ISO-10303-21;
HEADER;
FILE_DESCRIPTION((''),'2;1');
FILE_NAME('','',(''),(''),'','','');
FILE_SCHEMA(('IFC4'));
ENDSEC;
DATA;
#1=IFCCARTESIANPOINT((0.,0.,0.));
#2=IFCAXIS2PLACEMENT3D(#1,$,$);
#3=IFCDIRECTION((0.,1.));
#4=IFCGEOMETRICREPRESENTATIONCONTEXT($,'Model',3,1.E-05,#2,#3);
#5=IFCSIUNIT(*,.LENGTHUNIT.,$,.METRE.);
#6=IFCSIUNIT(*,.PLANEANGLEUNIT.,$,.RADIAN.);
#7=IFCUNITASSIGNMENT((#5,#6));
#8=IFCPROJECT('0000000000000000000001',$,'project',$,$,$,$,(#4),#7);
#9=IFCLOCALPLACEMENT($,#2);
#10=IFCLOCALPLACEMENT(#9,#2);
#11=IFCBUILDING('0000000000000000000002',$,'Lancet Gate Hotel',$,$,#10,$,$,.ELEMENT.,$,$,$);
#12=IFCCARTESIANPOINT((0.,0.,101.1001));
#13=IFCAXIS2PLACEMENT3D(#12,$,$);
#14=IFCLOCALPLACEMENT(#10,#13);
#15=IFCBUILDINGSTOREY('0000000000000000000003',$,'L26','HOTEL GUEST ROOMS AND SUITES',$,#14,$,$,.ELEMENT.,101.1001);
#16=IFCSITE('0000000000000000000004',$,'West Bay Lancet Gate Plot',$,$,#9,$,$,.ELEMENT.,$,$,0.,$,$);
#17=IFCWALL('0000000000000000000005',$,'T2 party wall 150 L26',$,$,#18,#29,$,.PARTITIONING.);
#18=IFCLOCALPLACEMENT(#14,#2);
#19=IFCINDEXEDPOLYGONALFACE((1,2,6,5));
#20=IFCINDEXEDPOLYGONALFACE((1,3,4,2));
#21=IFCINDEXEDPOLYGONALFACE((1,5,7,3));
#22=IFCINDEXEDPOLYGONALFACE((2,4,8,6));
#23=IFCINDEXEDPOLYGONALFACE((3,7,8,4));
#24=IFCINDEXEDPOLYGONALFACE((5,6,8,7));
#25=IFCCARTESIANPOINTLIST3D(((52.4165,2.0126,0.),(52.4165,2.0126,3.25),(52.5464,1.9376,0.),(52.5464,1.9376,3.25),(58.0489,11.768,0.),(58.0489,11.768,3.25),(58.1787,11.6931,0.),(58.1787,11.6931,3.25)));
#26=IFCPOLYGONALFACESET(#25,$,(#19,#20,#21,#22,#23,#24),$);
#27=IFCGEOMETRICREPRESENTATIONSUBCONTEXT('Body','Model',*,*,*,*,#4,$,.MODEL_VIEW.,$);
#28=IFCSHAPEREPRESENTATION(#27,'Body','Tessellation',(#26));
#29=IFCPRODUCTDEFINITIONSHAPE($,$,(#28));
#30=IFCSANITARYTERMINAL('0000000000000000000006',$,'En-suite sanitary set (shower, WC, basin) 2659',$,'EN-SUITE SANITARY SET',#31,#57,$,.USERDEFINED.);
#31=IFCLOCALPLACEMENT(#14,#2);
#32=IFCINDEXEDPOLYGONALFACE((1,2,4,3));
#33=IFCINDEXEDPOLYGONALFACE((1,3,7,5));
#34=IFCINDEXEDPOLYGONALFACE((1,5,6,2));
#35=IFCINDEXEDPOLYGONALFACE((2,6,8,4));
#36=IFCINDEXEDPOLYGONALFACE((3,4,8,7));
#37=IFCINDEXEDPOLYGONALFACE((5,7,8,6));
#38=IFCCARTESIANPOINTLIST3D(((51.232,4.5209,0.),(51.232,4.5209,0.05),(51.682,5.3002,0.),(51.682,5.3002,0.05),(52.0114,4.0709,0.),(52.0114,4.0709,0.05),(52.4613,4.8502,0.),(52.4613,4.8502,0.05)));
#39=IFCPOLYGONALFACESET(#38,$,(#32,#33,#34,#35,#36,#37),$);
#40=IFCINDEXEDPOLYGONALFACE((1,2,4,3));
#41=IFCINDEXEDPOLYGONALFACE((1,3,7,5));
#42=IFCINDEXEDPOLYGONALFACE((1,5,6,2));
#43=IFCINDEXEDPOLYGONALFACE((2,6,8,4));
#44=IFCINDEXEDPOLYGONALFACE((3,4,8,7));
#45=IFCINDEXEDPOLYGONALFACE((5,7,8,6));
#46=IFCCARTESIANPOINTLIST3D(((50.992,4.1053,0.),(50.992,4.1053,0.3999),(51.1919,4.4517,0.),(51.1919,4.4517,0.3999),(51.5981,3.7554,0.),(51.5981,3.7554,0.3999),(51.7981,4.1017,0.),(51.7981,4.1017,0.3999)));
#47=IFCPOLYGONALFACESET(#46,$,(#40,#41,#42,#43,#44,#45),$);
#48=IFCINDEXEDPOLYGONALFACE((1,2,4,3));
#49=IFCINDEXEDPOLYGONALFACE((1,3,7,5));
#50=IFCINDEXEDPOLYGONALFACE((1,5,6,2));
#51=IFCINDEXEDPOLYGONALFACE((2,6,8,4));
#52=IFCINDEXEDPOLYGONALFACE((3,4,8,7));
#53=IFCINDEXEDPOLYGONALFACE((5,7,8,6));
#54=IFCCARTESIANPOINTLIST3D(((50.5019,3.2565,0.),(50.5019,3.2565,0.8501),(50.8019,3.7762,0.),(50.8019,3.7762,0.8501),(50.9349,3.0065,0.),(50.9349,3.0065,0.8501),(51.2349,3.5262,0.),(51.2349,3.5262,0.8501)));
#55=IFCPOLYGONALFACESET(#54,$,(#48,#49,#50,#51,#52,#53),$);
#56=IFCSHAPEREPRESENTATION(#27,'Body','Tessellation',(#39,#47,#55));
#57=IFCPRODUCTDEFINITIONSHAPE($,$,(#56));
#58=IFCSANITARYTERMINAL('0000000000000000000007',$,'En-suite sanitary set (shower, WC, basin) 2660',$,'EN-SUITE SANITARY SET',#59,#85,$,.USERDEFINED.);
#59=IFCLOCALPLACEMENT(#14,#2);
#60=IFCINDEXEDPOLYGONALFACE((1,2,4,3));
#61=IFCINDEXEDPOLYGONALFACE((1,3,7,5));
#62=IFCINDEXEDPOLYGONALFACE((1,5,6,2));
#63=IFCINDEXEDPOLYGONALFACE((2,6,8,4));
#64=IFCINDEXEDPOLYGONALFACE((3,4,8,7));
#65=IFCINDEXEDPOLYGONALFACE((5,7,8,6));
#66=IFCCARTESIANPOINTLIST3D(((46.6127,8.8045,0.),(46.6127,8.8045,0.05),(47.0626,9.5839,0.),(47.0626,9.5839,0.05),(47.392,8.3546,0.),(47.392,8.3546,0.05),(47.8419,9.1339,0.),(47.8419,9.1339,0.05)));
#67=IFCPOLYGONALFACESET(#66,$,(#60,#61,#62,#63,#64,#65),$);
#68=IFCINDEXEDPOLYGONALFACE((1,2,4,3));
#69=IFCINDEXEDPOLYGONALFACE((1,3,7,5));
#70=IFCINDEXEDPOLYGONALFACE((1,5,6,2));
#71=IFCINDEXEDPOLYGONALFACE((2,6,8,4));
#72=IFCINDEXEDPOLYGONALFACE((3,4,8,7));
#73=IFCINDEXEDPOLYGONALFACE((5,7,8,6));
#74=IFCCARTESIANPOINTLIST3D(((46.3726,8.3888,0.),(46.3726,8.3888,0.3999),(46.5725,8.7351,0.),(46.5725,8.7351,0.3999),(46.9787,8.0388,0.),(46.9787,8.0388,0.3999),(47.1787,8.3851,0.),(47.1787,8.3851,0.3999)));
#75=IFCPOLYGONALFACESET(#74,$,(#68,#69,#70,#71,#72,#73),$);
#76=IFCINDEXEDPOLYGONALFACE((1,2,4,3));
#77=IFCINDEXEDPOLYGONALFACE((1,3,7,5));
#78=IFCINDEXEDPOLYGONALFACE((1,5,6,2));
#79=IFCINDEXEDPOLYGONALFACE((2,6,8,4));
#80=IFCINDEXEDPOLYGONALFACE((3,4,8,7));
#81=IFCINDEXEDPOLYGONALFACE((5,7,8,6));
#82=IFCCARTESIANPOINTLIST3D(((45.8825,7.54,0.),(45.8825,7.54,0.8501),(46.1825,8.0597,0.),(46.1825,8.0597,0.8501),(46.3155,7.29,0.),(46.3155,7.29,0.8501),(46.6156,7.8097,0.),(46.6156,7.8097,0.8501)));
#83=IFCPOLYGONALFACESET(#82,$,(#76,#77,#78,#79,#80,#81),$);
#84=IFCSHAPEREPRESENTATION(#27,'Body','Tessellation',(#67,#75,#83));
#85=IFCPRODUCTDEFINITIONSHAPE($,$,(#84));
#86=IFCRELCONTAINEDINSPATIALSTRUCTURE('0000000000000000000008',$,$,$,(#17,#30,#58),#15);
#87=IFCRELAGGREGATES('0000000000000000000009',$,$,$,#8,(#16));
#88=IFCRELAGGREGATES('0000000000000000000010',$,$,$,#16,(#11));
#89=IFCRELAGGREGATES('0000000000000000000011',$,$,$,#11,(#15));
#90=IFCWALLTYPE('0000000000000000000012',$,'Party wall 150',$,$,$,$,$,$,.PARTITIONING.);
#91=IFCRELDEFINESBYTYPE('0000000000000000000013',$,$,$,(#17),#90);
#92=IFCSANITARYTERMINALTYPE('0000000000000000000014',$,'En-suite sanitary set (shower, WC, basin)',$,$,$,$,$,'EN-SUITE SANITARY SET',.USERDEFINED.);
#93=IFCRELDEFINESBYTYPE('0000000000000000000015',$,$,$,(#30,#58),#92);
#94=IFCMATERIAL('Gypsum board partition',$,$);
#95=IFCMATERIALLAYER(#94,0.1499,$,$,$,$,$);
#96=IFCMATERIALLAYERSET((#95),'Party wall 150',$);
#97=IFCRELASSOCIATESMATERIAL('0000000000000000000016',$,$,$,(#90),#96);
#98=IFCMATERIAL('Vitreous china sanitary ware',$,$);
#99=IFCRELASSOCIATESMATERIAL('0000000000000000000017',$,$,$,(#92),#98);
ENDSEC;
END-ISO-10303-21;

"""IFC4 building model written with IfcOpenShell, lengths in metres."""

from ifc_helpers import new_model, si_unit, direction, frame, frame_2d, origin, origin_2d, place, context, subcontext, project, spatial, rectangle, extrude, material, layer, layer_set, type_object, element, save


model = new_model("IFC4")

# Units and contexts
model_context = context("Model", 3, precision=1e-05, world=origin(), true_north=direction((0.0, 1.0)))
body_context = subcontext(model_context, "Body", "Model", "MODEL_VIEW")
ifc_project = project(units=[si_unit("LENGTHUNIT", "METRE"), si_unit("PLANEANGLEUNIT", "RADIAN")], contexts=[model_context])

# Site, building, storey
site_placement = place(None, origin())
site = spatial("IfcSite", under=ifc_project, at=site_placement, Name="West Bay Lancet Gate Plot", CompositionType="ELEMENT", RefElevation=0.0)
building_placement = place(site_placement, origin())
building = spatial("IfcBuilding", under=site, at=building_placement, Name="Lancet Gate Hotel", CompositionType="ELEMENT")
storey_placement = place(building_placement, frame((0.0, 0.0, 101.1001)))
storey = spatial("IfcBuildingStorey", under=building, at=storey_placement, Name="L26", Description="HOTEL GUEST ROOMS AND SUITES", CompositionType="ELEMENT", Elevation=101.1001)

# Wall
ifc_material_1 = material(Name="Gypsum board partition")
ifc_layer_1 = layer(ifc_material_1, 0.1499)
ifc_layer_set_1 = layer_set([ifc_layer_1], Name="Party wall 150")
wall_type_1 = type_object("IfcWallType", Name="Party wall 150", PredefinedType="PARTITIONING", material=ifc_layer_set_1)
wall_1_placement = place(storey_placement, frame((52.4814, 1.9751, 0.0), z_axis=(0.0, 0.0, 1.0), x_axis=(0.500004, 0.866023, 0.0)))
element("IfcWall", 1, at=wall_1_placement, inside=storey, type_object=wall_type_1, Name="T2 party wall 150 L26", PredefinedType="PARTITIONING", context=body_context, shape_type="SweptSolid", body=[
    extrude(rectangle(XDim=11.2646, YDim=0.1499, at=frame_2d((5.6323, 0.0))), origin(), (0.0, 0.0, 1.0), 3.25),
])

# Sanitary terminals
ifc_material_2 = material(Name="Vitreous china sanitary ware")
sanitary_terminal_type = type_object("IfcSanitaryTerminalType", Name="En-suite sanitary set (shower, WC, basin)", ElementType="EN-SUITE SANITARY SET", PredefinedType="USERDEFINED", material=ifc_material_2)
sanitary_terminal_1_placement = place(storey_placement, frame((51.8467, 4.6855, 0.0), z_axis=(0.0, 0.0, 1.0), x_axis=(1.0, 0.0, 0.0)))
element("IfcSanitaryTerminal", 2, at=sanitary_terminal_1_placement, inside=storey, type_object=sanitary_terminal_type, Name="En-suite sanitary set (shower, WC, basin) 2659", ObjectType="EN-SUITE SANITARY SET", PredefinedType="USERDEFINED", context=body_context, shape_type="SweptSolid", body=[
    extrude(rectangle(XDim=0.8999, YDim=0.8999, at=origin_2d()), frame((0.0, 0.0, 0.0), z_axis=(0.0, 0.0, 1.0), x_axis=(0.5, 0.866025, 0.0)), (0.0, 0.0, 1.0), 0.05),
    extrude(rectangle(XDim=0.3999, YDim=0.7, at=origin_2d()), frame((-0.4517, -0.582, 0.0), z_axis=(0.0, 0.0, 1.0), x_axis=(0.5, 0.866025, 0.0)), (0.0, 0.0, 1.0), 0.3999),
    extrude(rectangle(XDim=0.6001, YDim=0.5, at=origin_2d()), frame((-0.9783, -1.2942, 0.0), z_axis=(0.0, 0.0, 1.0), x_axis=(0.5, 0.866025, 0.0)), (0.0, 0.0, 1.0), 0.8501),
])
sanitary_terminal_2_placement = place(storey_placement, frame((47.2273, 8.9692, 0.0), z_axis=(0.0, 0.0, 1.0), x_axis=(1.0, 0.0, 0.0)))
element("IfcSanitaryTerminal", 3, at=sanitary_terminal_2_placement, inside=storey, type_object=sanitary_terminal_type, Name="En-suite sanitary set (shower, WC, basin) 2660", ObjectType="EN-SUITE SANITARY SET", PredefinedType="USERDEFINED", context=body_context, shape_type="SweptSolid", body=[
    extrude(rectangle(XDim=0.8999, YDim=0.8999, at=origin_2d()), frame((0.0, 0.0, 0.0), z_axis=(0.0, 0.0, 1.0), x_axis=(0.5, 0.866025, 0.0)), (0.0, 0.0, 1.0), 0.05),
    extrude(rectangle(XDim=0.3999, YDim=0.7, at=origin_2d()), frame((-0.4517, -0.5823, 0.0), z_axis=(0.0, 0.0, 1.0), x_axis=(0.5, 0.866025, 0.0)), (0.0, 0.0, 1.0), 0.3999),
    extrude(rectangle(XDim=0.6001, YDim=0.5, at=origin_2d()), frame((-0.9783, -1.2944, 0.0), z_axis=(0.0, 0.0, 1.0), x_axis=(0.5, 0.866025, 0.0)), (0.0, 0.0, 1.0), 0.8501),
])

save(model, "model.ifc")
